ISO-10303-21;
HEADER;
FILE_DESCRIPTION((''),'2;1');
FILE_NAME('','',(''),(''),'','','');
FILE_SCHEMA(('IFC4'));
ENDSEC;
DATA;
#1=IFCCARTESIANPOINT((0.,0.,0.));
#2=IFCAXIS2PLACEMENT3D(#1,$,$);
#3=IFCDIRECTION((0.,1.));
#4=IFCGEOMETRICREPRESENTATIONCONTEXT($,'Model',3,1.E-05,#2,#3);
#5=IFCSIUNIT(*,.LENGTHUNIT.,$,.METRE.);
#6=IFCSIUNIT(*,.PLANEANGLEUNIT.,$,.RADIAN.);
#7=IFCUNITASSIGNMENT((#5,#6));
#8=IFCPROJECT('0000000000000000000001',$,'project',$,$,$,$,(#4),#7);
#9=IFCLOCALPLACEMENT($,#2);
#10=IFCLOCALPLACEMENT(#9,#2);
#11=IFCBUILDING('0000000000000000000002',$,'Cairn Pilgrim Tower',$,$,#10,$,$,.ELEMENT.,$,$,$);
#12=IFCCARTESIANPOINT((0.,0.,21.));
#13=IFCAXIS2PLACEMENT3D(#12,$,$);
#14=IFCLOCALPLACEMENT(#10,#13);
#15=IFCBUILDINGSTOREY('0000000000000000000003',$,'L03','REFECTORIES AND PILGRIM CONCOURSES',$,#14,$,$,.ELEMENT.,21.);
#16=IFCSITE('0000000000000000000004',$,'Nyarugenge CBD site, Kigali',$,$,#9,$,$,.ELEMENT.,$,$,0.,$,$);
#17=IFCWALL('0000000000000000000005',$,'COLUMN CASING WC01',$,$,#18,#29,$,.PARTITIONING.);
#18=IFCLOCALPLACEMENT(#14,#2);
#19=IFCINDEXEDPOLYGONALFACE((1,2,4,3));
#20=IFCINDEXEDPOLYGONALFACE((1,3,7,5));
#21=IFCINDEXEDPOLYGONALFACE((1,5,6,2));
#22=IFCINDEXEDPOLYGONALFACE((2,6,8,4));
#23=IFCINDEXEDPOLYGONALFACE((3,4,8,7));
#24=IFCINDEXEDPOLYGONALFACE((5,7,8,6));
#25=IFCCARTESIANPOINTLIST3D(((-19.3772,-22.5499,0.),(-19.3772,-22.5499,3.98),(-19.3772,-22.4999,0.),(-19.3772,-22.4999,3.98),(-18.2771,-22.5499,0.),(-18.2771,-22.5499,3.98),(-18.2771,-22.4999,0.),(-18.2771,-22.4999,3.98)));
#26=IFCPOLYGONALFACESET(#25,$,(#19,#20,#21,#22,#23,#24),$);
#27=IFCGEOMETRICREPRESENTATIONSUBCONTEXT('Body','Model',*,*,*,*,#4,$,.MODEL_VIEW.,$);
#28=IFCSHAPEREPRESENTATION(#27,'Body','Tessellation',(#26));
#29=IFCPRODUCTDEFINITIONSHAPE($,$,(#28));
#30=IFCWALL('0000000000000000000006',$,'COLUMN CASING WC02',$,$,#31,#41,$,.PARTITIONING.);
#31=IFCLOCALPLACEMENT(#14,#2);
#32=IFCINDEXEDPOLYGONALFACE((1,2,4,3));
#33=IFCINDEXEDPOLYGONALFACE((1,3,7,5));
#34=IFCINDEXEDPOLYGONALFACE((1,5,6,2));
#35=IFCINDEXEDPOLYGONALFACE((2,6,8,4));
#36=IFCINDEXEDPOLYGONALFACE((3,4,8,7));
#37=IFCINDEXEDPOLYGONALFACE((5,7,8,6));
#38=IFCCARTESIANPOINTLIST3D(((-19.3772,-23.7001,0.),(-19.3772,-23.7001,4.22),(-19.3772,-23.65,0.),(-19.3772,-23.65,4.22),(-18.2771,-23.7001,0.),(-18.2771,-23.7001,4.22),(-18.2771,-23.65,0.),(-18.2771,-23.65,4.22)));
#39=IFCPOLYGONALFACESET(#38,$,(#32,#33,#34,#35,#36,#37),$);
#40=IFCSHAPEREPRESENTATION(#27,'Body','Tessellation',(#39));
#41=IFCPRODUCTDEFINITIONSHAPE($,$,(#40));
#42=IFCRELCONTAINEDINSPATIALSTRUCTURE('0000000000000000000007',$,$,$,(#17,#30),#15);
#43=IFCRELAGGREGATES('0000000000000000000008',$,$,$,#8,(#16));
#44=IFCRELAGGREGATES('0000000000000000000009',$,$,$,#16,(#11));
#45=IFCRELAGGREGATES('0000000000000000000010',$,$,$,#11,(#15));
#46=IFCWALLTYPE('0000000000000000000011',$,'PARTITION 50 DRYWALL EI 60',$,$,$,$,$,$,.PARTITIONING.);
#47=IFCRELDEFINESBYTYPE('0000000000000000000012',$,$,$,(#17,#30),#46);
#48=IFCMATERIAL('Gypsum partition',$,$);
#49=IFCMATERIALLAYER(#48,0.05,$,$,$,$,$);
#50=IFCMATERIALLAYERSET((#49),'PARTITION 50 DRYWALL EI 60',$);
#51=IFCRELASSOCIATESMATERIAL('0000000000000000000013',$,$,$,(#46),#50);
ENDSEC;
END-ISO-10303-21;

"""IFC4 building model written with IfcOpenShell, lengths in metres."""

from ifc_helpers import new_model, si_unit, direction, frame, frame_2d, origin, place, context, subcontext, project, spatial, rectangle, extrude, material, layer, layer_set, type_object, element, save


model = new_model("IFC4")

# Units and contexts
model_context = context("Model", 3, precision=1e-05, world=origin(), true_north=direction((0.0, 1.0)))
body_context = subcontext(model_context, "Body", "Model", "MODEL_VIEW")
ifc_project = project(units=[si_unit("LENGTHUNIT", "METRE"), si_unit("PLANEANGLEUNIT", "RADIAN")], contexts=[model_context])

# Site, building, storey
site_placement = place(None, origin())
site = spatial("IfcSite", under=ifc_project, at=site_placement, Name="Nyarugenge CBD site, Kigali", CompositionType="ELEMENT", RefElevation=0.0)
building_placement = place(site_placement, origin())
building = spatial("IfcBuilding", under=site, at=building_placement, Name="Cairn Pilgrim Tower", CompositionType="ELEMENT")
storey_placement = place(building_placement, frame((0.0, 0.0, 21.0)))
storey = spatial("IfcBuildingStorey", under=building, at=storey_placement, Name="L03", Description="REFECTORIES AND PILGRIM CONCOURSES", CompositionType="ELEMENT", Elevation=21.0)

# Shared definitions
ifc_material_1 = material(Name="Gypsum partition")

# Walls
ifc_layer_1 = layer(ifc_material_1, 0.05)
ifc_layer_set_1 = layer_set([ifc_layer_1], Name="PARTITION 50 DRYWALL EI 60")
wall_type_1 = type_object("IfcWallType", Name="PARTITION 50 DRYWALL EI 60", PredefinedType="PARTITIONING", material=ifc_layer_set_1)
wall_1_placement = place(storey_placement, frame((-19.3772, -22.5249, 0.0), z_axis=(0.0, 0.0, 1.0), x_axis=(1.0, 0.0, 0.0)))
element("IfcWall", 1, at=wall_1_placement, inside=storey, type_object=wall_type_1, Name="COLUMN CASING WC01", PredefinedType="PARTITIONING", context=body_context, shape_type="SweptSolid", body=[
    extrude(rectangle(XDim=1.1001, YDim=0.05, at=frame_2d((0.55, 0.0))), origin(), (0.0, 0.0, 1.0), 3.98),
])
wall_2_placement = place(storey_placement, frame((-19.3772, -23.675, 0.0), z_axis=(0.0, 0.0, 1.0), x_axis=(1.0, 0.0, 0.0)))
element("IfcWall", 2, at=wall_2_placement, inside=storey, type_object=wall_type_1, Name="COLUMN CASING WC02", PredefinedType="PARTITIONING", context=body_context, shape_type="SweptSolid", body=[
    extrude(rectangle(XDim=1.1001, YDim=0.05, at=frame_2d((0.55, 0.0))), origin(), (0.0, 0.0, 1.0), 4.22),
])

save(model, "model.ifc")
